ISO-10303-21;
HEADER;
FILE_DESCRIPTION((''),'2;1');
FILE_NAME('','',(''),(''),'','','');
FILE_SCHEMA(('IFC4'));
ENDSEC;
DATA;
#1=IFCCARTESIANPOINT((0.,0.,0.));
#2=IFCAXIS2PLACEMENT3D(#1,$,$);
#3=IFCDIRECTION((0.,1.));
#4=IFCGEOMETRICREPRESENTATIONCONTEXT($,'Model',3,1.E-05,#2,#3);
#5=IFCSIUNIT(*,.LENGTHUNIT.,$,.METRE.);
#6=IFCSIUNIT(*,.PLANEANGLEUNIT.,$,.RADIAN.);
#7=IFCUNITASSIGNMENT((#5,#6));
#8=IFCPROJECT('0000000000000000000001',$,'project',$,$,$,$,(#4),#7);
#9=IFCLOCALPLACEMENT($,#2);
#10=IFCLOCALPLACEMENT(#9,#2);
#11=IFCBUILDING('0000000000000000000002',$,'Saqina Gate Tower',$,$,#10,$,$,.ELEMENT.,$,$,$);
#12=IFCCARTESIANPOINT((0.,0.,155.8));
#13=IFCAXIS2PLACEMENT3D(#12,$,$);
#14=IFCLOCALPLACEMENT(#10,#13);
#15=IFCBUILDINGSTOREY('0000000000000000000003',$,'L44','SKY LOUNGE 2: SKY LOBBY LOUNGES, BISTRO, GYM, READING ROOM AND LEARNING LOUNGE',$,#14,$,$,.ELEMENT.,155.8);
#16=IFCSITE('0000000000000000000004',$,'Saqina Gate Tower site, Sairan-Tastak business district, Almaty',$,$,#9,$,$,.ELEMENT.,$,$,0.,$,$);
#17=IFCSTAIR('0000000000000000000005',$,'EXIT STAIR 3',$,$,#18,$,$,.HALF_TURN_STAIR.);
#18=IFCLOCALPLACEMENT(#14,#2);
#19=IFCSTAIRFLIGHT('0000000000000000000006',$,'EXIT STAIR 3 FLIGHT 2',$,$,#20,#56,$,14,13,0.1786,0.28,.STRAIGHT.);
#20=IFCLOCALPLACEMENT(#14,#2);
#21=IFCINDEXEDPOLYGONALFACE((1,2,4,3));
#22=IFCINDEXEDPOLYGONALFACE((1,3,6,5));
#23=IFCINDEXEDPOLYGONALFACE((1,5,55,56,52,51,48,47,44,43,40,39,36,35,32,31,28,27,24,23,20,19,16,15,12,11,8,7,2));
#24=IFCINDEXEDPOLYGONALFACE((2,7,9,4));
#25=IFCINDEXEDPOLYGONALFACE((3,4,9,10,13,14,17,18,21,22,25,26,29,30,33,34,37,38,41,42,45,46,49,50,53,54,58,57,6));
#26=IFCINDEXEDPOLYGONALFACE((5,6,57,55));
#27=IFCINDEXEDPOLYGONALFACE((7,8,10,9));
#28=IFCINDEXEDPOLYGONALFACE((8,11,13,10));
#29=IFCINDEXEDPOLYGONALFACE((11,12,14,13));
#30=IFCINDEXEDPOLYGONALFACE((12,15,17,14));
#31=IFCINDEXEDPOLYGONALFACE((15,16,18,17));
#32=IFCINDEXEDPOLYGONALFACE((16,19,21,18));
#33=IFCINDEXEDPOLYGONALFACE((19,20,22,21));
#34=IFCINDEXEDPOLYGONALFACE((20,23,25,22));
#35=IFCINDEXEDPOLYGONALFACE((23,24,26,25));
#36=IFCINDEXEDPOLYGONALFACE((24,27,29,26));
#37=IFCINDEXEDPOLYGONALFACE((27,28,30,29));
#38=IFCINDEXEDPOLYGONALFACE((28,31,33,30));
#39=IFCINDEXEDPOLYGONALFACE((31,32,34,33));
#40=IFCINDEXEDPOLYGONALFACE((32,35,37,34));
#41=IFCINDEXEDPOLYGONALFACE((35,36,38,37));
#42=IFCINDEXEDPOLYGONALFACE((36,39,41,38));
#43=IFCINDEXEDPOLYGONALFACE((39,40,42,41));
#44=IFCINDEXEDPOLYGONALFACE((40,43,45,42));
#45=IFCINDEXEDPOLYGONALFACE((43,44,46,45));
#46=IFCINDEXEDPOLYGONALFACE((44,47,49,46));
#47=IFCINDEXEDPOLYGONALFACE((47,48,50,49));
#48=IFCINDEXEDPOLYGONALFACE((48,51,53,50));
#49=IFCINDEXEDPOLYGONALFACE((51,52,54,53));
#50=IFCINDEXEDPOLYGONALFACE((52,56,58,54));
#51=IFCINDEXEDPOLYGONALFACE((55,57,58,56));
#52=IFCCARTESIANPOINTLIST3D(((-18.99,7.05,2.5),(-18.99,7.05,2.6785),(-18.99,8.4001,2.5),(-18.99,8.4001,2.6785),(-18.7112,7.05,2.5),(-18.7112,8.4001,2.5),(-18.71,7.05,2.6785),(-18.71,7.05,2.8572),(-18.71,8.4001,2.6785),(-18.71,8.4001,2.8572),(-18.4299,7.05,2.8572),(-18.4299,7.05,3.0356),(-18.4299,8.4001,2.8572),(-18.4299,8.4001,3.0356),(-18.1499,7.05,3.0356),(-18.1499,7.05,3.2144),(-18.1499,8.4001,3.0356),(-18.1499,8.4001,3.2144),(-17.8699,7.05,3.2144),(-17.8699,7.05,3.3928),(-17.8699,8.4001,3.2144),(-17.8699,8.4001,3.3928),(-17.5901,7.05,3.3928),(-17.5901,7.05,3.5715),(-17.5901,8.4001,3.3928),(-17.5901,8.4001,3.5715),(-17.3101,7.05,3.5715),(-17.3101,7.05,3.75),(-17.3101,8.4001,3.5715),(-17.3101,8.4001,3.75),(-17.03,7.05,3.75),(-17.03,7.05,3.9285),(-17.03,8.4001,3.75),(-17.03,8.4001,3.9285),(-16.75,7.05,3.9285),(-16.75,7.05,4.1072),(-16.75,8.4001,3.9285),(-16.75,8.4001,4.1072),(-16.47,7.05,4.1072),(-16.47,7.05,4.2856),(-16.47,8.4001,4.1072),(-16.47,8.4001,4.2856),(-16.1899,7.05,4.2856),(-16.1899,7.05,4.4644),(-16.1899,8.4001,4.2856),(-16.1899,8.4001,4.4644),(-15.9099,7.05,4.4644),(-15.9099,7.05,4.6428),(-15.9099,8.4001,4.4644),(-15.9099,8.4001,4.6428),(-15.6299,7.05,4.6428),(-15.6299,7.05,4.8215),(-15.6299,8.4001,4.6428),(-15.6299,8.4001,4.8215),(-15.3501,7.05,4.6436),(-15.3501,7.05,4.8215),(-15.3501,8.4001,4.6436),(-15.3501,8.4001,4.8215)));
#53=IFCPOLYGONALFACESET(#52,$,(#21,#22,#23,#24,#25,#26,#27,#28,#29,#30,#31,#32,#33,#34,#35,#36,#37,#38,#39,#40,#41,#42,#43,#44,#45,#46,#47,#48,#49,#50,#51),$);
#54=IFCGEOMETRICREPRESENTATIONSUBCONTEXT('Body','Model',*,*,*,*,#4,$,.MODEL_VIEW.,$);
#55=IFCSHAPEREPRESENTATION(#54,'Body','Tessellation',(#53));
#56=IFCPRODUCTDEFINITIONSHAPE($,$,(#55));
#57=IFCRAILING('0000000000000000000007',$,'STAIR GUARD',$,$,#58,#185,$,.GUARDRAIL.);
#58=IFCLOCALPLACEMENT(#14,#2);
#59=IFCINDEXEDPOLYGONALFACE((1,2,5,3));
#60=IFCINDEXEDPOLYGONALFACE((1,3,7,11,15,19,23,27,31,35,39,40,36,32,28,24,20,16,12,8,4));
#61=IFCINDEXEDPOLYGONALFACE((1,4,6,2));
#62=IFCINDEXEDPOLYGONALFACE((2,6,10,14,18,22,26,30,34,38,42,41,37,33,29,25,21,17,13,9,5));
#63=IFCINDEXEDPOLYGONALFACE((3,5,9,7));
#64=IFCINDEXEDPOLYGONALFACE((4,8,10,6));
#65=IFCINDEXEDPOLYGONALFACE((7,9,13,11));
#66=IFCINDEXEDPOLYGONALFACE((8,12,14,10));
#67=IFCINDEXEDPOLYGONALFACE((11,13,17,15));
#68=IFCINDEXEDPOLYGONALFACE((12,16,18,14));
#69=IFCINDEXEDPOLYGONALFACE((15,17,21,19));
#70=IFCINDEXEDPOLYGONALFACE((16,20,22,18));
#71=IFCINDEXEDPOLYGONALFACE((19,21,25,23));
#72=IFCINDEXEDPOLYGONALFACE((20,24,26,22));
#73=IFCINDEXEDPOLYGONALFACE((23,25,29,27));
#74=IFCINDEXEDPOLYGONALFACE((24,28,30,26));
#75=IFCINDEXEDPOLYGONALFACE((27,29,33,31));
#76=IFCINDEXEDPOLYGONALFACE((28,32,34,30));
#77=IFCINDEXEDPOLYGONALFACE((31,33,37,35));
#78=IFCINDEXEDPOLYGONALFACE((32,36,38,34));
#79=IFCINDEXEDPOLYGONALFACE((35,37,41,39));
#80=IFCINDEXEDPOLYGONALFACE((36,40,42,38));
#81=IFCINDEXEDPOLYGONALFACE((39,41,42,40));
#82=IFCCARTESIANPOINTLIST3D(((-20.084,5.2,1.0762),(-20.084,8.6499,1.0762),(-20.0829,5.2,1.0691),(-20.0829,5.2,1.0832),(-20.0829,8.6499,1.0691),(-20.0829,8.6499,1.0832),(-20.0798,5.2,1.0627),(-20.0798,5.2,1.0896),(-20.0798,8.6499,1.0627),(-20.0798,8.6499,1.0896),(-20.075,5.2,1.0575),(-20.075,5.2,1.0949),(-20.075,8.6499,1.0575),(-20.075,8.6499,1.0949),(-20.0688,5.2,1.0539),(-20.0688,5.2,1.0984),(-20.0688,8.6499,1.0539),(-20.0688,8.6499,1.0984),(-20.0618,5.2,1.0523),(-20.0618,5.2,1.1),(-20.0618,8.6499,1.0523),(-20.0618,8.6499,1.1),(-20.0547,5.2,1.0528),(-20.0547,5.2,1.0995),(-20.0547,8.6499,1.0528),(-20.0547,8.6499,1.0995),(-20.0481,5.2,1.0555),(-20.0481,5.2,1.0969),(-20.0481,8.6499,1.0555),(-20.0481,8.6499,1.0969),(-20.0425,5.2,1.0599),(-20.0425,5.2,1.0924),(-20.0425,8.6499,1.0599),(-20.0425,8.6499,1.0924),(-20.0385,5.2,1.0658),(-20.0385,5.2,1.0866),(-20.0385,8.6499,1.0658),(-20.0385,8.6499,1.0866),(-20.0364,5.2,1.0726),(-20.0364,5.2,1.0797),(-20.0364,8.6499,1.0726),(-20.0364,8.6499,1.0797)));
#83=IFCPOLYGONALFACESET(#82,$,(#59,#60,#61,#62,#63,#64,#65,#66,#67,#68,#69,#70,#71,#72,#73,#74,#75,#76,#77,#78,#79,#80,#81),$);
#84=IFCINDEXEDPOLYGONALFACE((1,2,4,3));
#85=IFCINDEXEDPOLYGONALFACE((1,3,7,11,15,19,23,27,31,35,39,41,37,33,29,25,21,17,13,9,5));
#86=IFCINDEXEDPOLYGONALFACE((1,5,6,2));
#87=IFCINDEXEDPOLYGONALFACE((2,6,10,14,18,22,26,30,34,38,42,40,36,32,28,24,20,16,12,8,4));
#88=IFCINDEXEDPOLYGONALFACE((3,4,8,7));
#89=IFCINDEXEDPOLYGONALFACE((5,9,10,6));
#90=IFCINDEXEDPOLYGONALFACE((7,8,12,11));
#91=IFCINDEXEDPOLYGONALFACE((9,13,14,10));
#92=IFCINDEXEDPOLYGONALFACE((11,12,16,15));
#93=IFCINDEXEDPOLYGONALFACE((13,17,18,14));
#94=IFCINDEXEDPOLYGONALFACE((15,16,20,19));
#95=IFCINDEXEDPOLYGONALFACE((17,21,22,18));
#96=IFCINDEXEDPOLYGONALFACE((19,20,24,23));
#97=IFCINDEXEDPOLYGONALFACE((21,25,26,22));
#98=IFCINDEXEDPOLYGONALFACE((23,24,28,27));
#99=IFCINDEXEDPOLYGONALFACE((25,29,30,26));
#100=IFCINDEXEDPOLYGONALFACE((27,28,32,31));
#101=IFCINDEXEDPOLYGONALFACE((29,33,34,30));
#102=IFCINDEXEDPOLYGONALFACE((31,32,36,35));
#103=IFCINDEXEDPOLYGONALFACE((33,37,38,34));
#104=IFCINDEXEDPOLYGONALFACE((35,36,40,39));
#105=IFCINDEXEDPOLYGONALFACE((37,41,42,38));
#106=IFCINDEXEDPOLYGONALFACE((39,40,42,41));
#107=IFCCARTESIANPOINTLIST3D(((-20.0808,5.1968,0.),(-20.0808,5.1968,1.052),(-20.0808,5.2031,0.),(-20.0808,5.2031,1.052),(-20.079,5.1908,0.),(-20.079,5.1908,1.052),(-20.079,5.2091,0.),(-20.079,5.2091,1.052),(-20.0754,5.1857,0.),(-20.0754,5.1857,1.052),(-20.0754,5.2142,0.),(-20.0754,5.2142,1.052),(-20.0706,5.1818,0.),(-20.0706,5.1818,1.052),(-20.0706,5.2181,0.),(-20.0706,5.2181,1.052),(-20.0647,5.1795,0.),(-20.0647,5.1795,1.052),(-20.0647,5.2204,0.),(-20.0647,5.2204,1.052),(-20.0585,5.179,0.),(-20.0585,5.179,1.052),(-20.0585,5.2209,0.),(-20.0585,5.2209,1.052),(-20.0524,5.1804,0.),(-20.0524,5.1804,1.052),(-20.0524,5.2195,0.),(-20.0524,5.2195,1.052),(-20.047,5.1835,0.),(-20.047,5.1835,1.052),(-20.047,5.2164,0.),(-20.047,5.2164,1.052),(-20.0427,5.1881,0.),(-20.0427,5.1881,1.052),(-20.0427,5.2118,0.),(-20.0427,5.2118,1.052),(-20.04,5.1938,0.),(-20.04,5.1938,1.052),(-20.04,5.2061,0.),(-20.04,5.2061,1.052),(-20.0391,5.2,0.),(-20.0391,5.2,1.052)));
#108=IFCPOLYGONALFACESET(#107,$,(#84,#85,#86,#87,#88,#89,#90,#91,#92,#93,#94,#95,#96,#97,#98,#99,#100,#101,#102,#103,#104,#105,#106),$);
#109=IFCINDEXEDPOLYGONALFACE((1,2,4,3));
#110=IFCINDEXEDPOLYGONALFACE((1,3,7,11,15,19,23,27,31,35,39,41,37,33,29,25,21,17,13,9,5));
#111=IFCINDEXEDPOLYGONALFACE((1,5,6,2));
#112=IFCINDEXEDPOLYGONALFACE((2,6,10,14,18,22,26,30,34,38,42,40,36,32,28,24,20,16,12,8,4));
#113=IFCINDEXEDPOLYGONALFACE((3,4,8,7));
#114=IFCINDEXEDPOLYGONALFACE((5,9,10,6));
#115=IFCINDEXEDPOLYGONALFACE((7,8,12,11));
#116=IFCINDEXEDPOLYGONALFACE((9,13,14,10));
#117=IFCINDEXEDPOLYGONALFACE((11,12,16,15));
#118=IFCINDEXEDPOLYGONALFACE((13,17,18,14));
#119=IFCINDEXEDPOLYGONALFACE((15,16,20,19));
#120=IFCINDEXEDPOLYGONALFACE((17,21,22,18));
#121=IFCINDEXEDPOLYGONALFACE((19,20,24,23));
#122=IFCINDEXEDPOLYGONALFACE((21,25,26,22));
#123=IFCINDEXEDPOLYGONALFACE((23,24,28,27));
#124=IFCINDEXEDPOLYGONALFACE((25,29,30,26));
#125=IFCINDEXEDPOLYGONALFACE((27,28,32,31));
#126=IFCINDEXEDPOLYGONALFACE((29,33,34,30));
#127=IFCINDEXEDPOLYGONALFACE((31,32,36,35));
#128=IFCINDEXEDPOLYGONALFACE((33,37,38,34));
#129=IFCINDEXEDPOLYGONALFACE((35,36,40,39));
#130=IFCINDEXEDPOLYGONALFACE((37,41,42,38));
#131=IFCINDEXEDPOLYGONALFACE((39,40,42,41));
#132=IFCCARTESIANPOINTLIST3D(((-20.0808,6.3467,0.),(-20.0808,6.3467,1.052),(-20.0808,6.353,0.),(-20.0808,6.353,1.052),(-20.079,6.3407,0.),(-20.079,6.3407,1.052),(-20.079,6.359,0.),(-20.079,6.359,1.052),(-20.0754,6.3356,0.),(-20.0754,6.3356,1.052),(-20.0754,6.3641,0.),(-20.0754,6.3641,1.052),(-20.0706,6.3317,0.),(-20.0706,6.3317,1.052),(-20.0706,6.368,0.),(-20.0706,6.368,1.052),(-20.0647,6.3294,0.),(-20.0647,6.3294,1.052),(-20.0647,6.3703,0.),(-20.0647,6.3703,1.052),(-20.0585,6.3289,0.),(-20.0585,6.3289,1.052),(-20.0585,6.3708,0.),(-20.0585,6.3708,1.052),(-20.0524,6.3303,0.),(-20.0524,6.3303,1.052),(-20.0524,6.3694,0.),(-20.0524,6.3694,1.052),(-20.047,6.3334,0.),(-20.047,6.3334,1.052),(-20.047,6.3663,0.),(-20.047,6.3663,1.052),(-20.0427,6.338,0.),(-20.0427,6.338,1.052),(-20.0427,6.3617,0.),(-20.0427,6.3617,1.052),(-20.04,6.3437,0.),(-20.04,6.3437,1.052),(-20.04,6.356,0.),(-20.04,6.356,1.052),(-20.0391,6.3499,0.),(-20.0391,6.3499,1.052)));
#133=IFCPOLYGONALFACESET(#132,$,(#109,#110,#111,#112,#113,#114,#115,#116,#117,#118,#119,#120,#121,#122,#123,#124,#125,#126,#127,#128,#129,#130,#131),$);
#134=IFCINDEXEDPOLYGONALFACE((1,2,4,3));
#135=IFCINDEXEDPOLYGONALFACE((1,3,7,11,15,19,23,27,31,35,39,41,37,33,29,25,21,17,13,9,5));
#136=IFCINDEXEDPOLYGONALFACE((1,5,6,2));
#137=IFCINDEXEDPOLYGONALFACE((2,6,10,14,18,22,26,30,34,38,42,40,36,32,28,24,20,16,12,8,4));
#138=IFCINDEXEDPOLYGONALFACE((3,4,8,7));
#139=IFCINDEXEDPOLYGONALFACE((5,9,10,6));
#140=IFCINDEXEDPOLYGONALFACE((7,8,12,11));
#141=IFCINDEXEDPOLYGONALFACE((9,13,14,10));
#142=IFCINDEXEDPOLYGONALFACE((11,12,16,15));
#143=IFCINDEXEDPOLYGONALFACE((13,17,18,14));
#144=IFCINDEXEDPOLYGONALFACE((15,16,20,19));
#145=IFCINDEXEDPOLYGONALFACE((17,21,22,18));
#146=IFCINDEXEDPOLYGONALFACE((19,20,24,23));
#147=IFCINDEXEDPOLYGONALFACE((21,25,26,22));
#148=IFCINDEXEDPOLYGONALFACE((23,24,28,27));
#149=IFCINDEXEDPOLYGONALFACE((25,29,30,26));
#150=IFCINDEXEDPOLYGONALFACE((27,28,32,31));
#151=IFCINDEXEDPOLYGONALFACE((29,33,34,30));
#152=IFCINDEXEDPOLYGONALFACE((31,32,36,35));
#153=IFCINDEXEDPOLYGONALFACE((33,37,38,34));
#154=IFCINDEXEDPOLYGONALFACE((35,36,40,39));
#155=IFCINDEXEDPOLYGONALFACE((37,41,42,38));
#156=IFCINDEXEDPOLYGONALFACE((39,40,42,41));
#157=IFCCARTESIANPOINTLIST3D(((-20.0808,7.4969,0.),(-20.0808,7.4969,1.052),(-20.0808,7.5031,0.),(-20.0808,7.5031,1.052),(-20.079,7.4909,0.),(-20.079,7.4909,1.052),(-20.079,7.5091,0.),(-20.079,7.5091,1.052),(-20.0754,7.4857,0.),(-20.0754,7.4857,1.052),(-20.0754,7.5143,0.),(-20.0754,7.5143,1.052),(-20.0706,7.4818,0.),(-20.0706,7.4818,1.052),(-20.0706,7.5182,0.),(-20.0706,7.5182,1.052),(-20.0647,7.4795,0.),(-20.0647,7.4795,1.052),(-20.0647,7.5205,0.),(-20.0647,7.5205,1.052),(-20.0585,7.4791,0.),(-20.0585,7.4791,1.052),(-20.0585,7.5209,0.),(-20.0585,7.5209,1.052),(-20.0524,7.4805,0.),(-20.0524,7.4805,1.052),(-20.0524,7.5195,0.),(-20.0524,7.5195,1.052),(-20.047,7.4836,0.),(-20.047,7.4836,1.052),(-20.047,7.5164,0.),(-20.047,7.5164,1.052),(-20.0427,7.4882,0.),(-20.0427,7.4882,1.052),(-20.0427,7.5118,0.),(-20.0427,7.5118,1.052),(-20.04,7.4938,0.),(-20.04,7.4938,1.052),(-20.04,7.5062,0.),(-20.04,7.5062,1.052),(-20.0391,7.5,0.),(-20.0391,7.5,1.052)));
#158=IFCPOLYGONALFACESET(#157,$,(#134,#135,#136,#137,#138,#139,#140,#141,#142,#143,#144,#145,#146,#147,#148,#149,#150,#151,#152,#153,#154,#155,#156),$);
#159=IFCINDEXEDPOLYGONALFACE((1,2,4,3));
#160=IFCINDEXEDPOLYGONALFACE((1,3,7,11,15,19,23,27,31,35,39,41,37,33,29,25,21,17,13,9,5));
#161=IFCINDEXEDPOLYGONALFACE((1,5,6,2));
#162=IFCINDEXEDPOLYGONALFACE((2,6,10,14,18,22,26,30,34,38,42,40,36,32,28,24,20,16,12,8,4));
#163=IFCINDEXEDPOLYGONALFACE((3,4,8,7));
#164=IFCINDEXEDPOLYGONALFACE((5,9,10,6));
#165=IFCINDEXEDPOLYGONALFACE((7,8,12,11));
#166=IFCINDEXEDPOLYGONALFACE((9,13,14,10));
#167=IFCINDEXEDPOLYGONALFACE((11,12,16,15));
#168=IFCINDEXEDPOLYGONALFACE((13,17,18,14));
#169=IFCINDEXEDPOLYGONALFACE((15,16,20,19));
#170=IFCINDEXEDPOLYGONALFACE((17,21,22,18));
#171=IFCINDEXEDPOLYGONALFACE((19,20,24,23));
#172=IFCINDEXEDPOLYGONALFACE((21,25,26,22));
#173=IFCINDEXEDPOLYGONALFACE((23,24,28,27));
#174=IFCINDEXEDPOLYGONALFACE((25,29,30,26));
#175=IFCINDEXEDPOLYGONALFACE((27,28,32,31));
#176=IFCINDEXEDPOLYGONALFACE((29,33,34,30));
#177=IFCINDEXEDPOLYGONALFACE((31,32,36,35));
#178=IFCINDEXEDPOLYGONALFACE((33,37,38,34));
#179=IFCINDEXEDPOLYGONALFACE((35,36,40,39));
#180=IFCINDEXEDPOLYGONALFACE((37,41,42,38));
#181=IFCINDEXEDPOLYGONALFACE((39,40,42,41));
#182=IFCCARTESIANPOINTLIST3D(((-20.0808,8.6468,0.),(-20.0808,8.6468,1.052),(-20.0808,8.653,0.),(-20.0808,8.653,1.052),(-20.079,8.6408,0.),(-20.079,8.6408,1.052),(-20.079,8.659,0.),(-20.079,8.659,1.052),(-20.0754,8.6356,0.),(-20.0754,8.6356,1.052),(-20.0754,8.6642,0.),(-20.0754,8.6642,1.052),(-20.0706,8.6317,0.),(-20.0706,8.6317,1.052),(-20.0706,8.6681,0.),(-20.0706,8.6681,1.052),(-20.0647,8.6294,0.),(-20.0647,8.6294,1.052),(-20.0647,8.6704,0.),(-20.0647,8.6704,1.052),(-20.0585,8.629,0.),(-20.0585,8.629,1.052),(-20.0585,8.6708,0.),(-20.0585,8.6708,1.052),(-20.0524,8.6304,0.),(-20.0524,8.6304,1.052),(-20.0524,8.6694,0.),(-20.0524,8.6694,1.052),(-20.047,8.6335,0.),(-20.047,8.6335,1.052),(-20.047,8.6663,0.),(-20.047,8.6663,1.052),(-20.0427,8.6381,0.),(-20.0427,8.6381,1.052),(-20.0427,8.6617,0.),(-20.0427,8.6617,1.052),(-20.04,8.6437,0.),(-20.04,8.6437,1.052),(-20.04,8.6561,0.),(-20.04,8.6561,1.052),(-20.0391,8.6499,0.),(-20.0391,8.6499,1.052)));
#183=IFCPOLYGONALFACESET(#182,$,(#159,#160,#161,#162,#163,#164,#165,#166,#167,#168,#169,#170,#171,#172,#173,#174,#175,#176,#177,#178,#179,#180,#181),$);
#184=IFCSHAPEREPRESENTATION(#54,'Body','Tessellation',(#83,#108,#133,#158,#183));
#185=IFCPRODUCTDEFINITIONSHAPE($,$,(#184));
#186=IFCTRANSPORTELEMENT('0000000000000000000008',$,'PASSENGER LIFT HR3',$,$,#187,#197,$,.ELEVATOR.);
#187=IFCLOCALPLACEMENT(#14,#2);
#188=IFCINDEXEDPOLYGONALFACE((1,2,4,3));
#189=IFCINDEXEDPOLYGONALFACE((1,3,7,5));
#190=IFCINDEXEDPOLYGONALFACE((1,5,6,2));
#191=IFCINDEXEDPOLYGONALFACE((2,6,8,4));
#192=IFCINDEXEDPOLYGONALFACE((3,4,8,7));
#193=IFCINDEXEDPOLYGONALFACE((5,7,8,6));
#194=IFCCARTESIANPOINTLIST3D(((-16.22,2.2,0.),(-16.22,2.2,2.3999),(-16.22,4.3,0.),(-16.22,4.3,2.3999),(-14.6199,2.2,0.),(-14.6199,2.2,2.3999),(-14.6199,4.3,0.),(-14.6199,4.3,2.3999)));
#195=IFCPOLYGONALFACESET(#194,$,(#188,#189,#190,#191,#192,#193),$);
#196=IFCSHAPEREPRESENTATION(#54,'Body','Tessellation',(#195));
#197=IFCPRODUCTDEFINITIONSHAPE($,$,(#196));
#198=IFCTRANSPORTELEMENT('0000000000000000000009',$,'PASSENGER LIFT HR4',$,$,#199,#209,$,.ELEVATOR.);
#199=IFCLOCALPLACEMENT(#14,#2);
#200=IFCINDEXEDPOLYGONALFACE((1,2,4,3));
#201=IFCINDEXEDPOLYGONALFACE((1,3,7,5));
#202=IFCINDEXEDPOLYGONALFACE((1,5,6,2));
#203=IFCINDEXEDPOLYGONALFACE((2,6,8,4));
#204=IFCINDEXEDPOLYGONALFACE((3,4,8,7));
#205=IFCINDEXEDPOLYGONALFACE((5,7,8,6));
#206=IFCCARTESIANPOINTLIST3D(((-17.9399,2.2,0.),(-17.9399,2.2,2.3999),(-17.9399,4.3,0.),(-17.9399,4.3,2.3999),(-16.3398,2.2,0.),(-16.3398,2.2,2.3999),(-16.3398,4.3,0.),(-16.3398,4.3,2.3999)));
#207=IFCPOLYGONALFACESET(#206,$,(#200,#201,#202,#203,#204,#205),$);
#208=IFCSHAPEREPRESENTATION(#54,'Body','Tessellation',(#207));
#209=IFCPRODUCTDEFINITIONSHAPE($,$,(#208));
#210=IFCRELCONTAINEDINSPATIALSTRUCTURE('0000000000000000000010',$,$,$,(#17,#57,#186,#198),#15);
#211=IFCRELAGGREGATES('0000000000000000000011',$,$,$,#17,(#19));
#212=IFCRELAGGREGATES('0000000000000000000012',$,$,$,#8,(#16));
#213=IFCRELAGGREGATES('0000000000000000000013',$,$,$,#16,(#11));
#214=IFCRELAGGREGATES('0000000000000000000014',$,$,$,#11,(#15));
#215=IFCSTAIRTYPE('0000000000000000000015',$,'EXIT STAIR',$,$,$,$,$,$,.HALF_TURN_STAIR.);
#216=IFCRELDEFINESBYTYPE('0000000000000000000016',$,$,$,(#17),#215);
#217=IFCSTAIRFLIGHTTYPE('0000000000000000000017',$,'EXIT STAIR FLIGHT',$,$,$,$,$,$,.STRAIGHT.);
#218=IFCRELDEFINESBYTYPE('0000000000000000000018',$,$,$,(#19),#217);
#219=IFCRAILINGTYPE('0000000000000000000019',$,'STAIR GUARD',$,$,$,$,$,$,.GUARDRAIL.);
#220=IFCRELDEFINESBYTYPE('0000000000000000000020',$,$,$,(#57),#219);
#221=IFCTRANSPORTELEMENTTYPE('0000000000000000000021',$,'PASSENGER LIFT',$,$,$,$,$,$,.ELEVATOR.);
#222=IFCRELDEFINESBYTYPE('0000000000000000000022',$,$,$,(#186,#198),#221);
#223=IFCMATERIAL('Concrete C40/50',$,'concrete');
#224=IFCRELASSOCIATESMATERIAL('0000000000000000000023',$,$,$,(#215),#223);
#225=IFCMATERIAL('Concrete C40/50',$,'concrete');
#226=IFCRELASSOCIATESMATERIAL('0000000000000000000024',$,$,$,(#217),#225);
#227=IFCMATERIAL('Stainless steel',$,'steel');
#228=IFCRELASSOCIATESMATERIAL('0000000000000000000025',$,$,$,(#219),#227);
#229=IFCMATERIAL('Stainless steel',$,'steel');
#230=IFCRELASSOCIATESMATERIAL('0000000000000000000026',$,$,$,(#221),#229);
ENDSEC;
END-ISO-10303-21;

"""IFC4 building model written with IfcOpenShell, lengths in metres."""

from ifc_helpers import new_model, si_unit, direction, frame, origin, origin_2d, place, context, subcontext, project, spatial, polyline, rectangle, circle, outline, extrude, material, type_object, element, aggregate, save


model = new_model("IFC4")

# Units and contexts
model_context = context("Model", 3, precision=1e-05, world=origin(), true_north=direction((0.0, 1.0)))
body_context = subcontext(model_context, "Body", "Model", "MODEL_VIEW")
ifc_project = project(units=[si_unit("LENGTHUNIT", "METRE"), si_unit("PLANEANGLEUNIT", "RADIAN")], contexts=[model_context])

# Site, building, storey
site_placement = place(None, origin())
site = spatial("IfcSite", under=ifc_project, at=site_placement, Name="Saqina Gate Tower site, Sairan-Tastak business district, Almaty", CompositionType="ELEMENT", RefElevation=0.0)
building_placement = place(site_placement, origin())
building = spatial("IfcBuilding", under=site, at=building_placement, Name="Saqina Gate Tower", CompositionType="ELEMENT")
storey_placement = place(building_placement, frame((0.0, 0.0, 155.8)))
storey = spatial("IfcBuildingStorey", under=building, at=storey_placement, Name="L44", Description="SKY LOUNGE 2: SKY LOBBY LOUNGES, BISTRO, GYM, READING ROOM AND LEARNING LOUNGE", CompositionType="ELEMENT", Elevation=155.8)

# Stair, stair flight
ifc_material_1 = material(Name="Concrete C40/50", Category="concrete")
stair_type = type_object("IfcStairType", Name="EXIT STAIR", PredefinedType="HALF_TURN_STAIR", material=ifc_material_1)
stair_placement = place(storey_placement, origin())
stair = element("IfcStair", 1, at=stair_placement, inside=storey, type_object=stair_type, Name="EXIT STAIR 3", PredefinedType="HALF_TURN_STAIR")
ifc_material_2 = material(Name="Concrete C40/50", Category="concrete")
stair_flight_type = type_object("IfcStairFlightType", Name="EXIT STAIR FLIGHT", PredefinedType="STRAIGHT", material=ifc_material_2)
stair_flight_1_placement = place(storey_placement, frame((-18.99, 7.7251, 2.5), z_axis=(0.0, 0.0, 1.0), x_axis=(1.0, 0.0, 0.0)))
stair_flight_1 = element("IfcStairFlight", 2, at=stair_flight_1_placement, type_object=stair_flight_type, Name="EXIT STAIR 3 FLIGHT 2", NumberOfRisers=14, NumberOfTreads=13, PredefinedType="STRAIGHT", RiserHeight=0.1786, TreadLength=0.28, context=body_context, shape_type="SweptSolid", body=[
    extrude(outline(polyline([(0.0, 0.0), (0.0, 0.1785), (0.28, 0.1785), (0.28, 0.3572), (0.5601, 0.3572), (0.5601, 0.5356), (0.8401, 0.5356), (0.8401, 0.7144), (1.1201, 0.7144), (1.1201, 0.8928), (1.3999, 0.8928), (1.3999, 1.0715), (1.6799, 1.0715), (1.6799, 1.25), (1.96, 1.25), (1.96, 1.4285), (2.24, 1.4285), (2.24, 1.6072), (2.52, 1.6072), (2.52, 1.7856), (2.8, 1.7856), (2.8, 1.9644), (3.0801, 1.9644), (3.0801, 2.1428), (3.3601, 2.1428), (3.3601, 2.3215), (3.6399, 2.3215), (3.6399, 2.5), (3.6399, 2.1436), (0.2788, 0.0), (0.0, 0.0)])), frame((0.0, 0.675, 0.0), z_axis=(0.0, -1.0, 0.0), x_axis=(1.0, 0.0, 0.0)), (0.0, 0.0, 1.0), 1.3501),
])
aggregate(stair, [stair_flight_1])

# Railing
ifc_material_3 = material(Name="Stainless steel", Category="steel")
railing_type_1 = type_object("IfcRailingType", Name="STAIR GUARD", PredefinedType="GUARDRAIL", material=ifc_material_3)
railing_1_placement = place(storey_placement, frame((-20.0601, 5.2, 0.0)))
element("IfcRailing", 3, at=railing_1_placement, inside=storey, type_object=railing_type_1, Name="STAIR GUARD", PredefinedType="GUARDRAIL", context=body_context, shape_type="SweptSolid", body=[
    extrude(circle(Radius=0.0239, at=origin_2d()), frame((0.0, 0.0, 1.0762), z_axis=(0.0, 1.0, 0.0), x_axis=(-1.0, 0.0, 0.0)), (0.0, 0.0, 1.0), 3.45),
    extrude(circle(Radius=0.021, at=origin_2d()), origin(), (0.0, 0.0, 1.0), 1.052),
    extrude(circle(Radius=0.021, at=origin_2d()), frame((0.0, 1.1499, 0.0)), (0.0, 0.0, 1.0), 1.052),
    extrude(circle(Radius=0.021, at=origin_2d()), frame((0.0, 2.3, 0.0)), (0.0, 0.0, 1.0), 1.052),
    extrude(circle(Radius=0.021, at=origin_2d()), frame((0.0, 3.45, 0.0)), (0.0, 0.0, 1.0), 1.052),
])

# Transport elements
ifc_material_4 = material(Name="Stainless steel", Category="steel")
transport_element_type = type_object("IfcTransportElementType", Name="PASSENGER LIFT", PredefinedType="ELEVATOR", material=ifc_material_4)
for number, where, z_axis, x_axis, name in (
    (4, (-15.4199, 3.25, 0.0), (0.0, 0.0, 1.0), (1.0, 0.0, 0.0), "PASSENGER LIFT HR3"),
    (5, (-17.1399, 3.25, 0.0), (0.0, 0.0, 1.0), (1.0, 0.0, 0.0), "PASSENGER LIFT HR4"),
):
    element("IfcTransportElement", number, at=place(storey_placement, frame(where, z_axis=z_axis, x_axis=x_axis)), inside=storey, type_object=transport_element_type, Name=name, PredefinedType="ELEVATOR", context=body_context, shape_type="SweptSolid", body=[
        extrude(rectangle(XDim=1.6001, YDim=2.1001, at=origin_2d()), origin(), (0.0, 0.0, 1.0), 2.3999),
    ])

save(model, "model.ifc")
